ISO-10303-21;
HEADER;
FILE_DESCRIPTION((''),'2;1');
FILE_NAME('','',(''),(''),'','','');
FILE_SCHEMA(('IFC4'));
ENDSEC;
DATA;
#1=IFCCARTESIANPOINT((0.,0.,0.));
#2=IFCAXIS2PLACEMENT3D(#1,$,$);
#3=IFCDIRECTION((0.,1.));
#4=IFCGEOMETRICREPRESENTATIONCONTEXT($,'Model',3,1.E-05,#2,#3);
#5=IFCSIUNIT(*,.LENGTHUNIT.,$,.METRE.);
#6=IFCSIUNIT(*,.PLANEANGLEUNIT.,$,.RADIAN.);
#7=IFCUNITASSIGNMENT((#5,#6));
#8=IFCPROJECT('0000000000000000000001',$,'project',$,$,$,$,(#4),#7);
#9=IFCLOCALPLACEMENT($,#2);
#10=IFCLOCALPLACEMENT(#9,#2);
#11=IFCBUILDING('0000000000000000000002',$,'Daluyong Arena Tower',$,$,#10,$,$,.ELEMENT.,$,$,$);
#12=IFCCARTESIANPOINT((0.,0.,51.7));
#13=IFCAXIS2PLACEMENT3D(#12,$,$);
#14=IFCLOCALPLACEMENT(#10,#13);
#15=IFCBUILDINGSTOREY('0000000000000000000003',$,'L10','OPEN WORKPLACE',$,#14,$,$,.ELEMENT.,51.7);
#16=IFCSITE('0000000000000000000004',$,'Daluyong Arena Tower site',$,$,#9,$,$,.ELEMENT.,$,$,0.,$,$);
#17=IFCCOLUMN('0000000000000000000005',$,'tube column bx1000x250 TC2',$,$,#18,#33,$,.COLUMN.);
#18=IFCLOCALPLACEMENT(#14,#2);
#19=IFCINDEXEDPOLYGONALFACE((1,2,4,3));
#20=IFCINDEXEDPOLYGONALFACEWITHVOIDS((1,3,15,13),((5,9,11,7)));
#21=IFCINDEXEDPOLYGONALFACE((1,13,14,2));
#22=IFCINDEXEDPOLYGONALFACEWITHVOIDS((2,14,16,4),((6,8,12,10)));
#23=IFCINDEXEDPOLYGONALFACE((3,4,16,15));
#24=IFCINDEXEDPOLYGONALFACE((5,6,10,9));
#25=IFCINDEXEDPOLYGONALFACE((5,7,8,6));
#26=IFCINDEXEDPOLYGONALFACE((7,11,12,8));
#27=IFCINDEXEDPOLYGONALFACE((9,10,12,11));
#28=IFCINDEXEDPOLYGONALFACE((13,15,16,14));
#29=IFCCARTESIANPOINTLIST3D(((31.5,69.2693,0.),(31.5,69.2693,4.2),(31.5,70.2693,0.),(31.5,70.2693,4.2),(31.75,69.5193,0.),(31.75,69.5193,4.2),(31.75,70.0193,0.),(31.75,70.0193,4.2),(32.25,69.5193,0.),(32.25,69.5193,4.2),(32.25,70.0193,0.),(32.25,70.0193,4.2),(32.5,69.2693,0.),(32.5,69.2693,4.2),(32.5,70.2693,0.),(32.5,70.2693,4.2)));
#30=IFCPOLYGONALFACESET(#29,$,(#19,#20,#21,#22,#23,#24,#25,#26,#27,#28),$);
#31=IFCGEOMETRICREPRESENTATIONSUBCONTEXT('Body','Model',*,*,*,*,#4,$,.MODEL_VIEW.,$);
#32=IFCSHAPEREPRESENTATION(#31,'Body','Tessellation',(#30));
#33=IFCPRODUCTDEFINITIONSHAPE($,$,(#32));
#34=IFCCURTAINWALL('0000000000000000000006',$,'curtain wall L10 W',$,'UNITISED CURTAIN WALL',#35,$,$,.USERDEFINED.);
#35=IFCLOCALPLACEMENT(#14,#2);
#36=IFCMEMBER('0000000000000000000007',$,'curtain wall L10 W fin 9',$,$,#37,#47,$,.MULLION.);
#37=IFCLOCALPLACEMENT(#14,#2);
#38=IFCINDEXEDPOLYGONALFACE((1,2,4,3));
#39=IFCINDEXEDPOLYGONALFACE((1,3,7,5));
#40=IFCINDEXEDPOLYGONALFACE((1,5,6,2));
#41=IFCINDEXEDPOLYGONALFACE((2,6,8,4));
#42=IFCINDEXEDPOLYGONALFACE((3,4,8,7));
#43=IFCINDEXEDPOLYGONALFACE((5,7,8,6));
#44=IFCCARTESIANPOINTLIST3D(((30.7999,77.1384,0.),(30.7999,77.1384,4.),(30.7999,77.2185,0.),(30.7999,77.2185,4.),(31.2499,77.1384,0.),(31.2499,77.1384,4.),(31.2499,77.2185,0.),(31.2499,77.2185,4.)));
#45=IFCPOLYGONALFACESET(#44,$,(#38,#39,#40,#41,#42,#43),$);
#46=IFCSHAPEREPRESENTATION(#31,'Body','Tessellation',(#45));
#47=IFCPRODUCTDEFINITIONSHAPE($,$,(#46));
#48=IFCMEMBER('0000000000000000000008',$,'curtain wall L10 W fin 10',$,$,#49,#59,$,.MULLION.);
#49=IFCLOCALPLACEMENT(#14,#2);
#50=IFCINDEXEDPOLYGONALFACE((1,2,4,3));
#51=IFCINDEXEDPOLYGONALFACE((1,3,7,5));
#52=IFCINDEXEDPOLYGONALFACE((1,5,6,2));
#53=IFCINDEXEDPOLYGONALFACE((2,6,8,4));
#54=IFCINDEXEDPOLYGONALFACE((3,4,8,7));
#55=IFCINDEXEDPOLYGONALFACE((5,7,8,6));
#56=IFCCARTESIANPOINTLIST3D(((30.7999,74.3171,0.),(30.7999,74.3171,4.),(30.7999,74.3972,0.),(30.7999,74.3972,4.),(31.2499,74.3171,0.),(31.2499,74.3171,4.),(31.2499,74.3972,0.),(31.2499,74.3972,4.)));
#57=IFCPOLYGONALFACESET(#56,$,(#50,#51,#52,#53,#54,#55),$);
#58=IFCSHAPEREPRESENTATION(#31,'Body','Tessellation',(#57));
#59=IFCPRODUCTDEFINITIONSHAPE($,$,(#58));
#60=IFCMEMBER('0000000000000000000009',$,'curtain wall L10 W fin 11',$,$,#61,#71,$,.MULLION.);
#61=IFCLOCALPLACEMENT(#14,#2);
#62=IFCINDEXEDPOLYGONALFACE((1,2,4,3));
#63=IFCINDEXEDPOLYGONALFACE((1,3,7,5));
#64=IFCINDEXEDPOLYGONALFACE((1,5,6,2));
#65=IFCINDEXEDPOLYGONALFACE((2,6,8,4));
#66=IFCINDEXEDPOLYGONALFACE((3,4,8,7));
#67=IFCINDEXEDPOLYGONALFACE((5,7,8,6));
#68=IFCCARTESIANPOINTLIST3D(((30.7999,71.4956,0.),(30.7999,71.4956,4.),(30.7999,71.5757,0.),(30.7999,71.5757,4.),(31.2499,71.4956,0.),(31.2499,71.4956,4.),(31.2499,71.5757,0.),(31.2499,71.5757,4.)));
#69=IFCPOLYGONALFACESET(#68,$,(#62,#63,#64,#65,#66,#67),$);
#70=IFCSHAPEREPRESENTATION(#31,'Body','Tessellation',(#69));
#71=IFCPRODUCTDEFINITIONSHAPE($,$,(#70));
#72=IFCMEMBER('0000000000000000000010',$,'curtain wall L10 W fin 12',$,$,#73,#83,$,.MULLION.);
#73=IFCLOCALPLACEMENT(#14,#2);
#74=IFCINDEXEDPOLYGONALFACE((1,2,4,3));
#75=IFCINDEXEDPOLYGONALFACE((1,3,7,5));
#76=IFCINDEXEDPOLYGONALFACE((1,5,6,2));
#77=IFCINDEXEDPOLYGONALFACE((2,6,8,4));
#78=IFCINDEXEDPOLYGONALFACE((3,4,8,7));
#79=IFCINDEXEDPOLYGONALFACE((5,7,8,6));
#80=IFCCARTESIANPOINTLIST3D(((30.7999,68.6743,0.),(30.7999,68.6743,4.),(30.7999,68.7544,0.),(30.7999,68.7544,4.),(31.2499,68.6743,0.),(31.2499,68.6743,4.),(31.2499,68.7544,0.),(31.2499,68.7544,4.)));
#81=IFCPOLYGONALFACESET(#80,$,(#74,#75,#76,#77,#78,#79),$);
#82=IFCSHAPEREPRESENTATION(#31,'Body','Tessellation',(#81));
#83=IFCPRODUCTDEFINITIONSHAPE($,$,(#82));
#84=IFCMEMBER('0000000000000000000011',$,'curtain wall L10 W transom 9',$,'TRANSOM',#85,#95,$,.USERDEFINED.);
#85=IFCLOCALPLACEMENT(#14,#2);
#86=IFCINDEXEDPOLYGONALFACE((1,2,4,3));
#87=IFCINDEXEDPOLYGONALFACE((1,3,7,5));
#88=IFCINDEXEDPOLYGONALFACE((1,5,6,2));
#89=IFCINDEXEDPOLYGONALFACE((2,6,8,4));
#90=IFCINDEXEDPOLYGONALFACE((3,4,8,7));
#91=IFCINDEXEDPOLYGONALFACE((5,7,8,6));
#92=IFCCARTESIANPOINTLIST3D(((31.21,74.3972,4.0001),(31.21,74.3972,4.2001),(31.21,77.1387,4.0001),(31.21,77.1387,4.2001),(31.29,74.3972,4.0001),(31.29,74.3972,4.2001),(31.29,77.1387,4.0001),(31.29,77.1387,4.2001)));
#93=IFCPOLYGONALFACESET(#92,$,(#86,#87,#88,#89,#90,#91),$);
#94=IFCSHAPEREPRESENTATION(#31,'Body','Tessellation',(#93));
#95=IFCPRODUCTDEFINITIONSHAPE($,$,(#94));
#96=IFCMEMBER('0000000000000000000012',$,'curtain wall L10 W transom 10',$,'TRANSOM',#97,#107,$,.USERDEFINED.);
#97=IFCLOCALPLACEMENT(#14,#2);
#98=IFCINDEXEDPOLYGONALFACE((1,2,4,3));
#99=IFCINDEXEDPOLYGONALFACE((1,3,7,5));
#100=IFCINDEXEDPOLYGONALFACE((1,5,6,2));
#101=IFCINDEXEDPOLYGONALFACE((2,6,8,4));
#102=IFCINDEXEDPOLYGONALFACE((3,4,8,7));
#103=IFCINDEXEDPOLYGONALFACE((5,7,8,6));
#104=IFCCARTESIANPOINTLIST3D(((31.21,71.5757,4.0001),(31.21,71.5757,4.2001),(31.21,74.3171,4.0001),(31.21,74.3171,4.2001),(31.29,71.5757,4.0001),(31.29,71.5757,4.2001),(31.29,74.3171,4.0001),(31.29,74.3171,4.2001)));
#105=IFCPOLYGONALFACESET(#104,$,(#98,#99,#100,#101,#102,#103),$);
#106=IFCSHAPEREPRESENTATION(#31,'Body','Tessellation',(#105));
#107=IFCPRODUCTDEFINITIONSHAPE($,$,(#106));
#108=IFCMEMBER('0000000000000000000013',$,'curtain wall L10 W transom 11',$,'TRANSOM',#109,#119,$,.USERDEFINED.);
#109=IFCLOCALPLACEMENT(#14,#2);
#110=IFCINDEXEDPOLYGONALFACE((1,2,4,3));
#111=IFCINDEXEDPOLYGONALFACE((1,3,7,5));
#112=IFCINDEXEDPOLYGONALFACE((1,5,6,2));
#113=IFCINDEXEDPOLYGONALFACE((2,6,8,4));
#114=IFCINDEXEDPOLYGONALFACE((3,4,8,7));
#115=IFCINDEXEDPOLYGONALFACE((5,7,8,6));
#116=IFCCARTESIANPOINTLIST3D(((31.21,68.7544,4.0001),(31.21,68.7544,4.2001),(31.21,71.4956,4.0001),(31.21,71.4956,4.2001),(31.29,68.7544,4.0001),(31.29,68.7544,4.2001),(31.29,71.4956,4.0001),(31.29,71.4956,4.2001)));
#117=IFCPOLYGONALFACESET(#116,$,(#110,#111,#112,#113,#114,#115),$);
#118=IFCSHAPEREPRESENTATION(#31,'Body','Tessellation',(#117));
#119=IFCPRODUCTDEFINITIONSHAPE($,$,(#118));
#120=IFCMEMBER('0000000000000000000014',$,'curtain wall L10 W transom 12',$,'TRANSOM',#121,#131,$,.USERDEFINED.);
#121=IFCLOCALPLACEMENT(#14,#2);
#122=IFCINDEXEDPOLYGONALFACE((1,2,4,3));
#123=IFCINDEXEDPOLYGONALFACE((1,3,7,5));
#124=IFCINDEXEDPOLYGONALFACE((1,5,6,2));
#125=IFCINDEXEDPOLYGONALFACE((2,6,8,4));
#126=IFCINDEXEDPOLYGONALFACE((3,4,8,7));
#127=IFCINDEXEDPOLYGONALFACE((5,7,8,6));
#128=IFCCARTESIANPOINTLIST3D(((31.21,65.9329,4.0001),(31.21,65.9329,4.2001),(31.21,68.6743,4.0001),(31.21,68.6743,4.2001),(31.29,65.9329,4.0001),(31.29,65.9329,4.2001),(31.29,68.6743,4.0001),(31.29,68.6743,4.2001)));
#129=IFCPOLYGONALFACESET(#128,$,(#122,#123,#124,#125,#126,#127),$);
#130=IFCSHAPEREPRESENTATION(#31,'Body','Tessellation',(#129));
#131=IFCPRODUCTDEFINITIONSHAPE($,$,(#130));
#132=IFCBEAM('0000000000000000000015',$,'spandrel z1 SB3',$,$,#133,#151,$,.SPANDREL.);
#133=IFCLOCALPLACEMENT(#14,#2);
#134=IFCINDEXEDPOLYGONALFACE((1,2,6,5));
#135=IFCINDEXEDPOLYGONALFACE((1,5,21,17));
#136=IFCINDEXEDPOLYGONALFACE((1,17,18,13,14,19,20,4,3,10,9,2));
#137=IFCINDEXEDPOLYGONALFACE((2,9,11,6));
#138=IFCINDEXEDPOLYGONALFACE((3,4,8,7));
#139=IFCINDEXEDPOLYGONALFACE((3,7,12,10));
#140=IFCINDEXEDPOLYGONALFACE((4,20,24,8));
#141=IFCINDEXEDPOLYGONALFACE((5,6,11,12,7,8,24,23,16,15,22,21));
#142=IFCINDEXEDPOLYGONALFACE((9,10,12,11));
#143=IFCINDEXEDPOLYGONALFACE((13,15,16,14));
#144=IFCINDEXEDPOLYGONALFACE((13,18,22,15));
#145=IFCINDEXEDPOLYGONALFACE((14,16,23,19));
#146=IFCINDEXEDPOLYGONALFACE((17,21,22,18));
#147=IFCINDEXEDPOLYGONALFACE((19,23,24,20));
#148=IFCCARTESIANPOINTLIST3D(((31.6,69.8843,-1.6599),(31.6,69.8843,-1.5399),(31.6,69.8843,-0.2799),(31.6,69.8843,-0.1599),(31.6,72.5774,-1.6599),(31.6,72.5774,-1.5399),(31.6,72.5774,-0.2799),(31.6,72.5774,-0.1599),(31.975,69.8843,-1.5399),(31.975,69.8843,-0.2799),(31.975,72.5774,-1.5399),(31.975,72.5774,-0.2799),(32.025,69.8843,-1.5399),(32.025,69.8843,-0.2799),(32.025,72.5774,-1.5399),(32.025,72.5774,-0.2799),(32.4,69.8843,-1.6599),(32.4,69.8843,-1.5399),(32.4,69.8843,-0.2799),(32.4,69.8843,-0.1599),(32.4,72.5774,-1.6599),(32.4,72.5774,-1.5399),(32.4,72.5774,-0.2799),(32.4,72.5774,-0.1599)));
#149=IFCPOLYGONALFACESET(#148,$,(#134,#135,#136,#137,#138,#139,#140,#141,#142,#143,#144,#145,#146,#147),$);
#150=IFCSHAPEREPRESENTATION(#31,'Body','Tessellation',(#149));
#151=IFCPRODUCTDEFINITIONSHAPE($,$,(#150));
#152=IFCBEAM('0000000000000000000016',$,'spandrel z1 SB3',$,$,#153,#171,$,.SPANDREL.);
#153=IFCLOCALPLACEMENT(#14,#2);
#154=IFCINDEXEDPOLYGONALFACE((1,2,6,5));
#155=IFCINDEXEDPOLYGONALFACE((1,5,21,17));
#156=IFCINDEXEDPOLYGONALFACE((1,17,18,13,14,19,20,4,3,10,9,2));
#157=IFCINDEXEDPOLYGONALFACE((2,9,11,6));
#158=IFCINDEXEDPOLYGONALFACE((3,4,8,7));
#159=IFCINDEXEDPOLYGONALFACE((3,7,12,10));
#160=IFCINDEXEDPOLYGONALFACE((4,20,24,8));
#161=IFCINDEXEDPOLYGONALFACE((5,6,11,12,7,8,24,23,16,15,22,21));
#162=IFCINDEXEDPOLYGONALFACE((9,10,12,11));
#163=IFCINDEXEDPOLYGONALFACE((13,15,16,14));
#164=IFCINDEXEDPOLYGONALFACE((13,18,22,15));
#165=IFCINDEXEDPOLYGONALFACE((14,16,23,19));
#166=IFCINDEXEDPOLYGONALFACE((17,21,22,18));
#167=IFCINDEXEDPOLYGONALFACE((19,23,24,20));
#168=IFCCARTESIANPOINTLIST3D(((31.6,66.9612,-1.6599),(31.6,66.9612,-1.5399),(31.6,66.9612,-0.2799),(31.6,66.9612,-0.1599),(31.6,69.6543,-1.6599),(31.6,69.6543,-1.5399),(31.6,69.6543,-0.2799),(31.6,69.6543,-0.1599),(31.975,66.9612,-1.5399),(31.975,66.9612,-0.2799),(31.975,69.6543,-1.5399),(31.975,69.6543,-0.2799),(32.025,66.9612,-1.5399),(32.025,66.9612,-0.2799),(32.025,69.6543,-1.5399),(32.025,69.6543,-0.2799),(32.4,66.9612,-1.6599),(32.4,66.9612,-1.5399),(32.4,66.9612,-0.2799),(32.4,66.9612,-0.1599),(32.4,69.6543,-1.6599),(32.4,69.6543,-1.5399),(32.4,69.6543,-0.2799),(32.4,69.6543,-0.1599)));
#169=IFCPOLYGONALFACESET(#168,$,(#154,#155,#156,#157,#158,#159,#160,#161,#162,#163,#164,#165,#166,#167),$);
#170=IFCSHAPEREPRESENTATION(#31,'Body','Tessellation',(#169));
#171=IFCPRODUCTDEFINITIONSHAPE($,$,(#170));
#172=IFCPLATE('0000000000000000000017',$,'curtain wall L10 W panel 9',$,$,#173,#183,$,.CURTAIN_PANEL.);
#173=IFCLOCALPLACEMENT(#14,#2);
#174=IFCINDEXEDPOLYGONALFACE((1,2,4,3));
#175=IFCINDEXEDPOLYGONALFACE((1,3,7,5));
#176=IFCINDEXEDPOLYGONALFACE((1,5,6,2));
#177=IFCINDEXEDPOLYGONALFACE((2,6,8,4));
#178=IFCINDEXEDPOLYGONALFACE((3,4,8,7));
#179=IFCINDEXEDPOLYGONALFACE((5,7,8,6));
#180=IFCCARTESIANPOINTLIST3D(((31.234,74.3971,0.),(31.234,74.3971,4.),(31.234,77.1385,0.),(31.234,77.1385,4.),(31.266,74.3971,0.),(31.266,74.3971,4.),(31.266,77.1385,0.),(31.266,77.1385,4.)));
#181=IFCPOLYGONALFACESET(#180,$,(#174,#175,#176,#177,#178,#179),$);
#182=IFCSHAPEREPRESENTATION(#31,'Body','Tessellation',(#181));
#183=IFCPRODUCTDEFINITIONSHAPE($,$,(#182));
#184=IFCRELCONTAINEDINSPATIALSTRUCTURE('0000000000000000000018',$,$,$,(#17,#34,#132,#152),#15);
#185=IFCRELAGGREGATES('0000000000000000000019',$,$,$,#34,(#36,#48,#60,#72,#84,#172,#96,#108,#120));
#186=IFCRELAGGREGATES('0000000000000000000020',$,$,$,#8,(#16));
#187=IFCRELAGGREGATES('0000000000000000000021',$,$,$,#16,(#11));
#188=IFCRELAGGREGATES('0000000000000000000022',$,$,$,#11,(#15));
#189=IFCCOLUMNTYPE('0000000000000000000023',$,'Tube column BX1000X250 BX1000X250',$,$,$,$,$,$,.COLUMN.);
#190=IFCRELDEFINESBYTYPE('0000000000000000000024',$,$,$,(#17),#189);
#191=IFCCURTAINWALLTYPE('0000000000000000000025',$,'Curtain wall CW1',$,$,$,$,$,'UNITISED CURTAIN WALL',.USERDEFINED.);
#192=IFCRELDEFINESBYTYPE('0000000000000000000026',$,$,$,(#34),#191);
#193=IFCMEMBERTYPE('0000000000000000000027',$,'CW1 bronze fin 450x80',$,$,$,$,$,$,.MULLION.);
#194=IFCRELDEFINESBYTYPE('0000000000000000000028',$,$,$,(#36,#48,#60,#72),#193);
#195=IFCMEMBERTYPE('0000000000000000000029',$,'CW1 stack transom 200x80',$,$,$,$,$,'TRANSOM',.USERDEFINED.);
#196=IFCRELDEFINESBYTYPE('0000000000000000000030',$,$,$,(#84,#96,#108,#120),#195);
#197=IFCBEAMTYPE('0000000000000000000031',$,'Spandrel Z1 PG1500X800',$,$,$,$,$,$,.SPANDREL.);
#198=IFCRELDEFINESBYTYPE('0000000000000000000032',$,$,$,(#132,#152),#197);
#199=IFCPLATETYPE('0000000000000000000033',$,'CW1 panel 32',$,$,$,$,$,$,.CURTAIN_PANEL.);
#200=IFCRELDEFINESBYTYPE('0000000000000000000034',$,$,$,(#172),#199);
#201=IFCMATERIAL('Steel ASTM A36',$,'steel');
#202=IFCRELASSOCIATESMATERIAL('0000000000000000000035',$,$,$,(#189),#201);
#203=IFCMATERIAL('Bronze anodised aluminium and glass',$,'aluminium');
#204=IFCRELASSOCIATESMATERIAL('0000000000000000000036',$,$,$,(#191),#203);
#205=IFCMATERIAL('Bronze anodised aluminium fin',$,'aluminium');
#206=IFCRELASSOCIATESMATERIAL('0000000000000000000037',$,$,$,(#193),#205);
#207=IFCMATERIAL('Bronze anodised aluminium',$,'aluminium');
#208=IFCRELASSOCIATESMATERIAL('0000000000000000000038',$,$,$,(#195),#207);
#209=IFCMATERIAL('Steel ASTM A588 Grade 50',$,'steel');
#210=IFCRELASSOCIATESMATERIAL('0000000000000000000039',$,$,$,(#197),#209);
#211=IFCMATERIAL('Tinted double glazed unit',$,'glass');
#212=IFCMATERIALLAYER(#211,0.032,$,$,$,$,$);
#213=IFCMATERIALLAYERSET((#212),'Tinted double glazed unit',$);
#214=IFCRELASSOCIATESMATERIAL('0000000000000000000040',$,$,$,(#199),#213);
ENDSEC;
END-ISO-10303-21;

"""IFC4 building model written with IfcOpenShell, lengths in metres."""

from ifc_helpers import new_model, si_unit, direction, frame, origin, origin_2d, place, context, subcontext, project, spatial, rectangle, hollow_rectangle, i_section, extrude, material, layer, layer_set, material_profile, profile_set, type_object, element, aggregate, save


model = new_model("IFC4")

# Units and contexts
model_context = context("Model", 3, precision=1e-05, world=origin(), true_north=direction((0.0, 1.0)))
body_context = subcontext(model_context, "Body", "Model", "MODEL_VIEW")
ifc_project = project(units=[si_unit("LENGTHUNIT", "METRE"), si_unit("PLANEANGLEUNIT", "RADIAN")], contexts=[model_context])

# Site, building, storey
site_placement = place(None, origin())
site = spatial("IfcSite", under=ifc_project, at=site_placement, Name="Daluyong Arena Tower site", CompositionType="ELEMENT", RefElevation=0.0)
building_placement = place(site_placement, origin())
building = spatial("IfcBuilding", under=site, at=building_placement, Name="Daluyong Arena Tower", CompositionType="ELEMENT")
storey_placement = place(building_placement, frame((0.0, 0.0, 51.7)))
storey = spatial("IfcBuildingStorey", under=building, at=storey_placement, Name="L10", Description="OPEN WORKPLACE", CompositionType="ELEMENT", Elevation=51.7)

# Column
ifc_material_1 = material(Name="Steel ASTM A36", Category="steel")
ifc_material_profile_1 = material_profile(ifc_material_1, hollow_rectangle(XDim=1.0, YDim=1.0, WallThickness=0.25, at=origin_2d()))
ifc_profile_set_1 = profile_set([ifc_material_profile_1], Name="Steel ASTM A36")
column_type = type_object("IfcColumnType", Name="Tube column BX1000X250 BX1000X250", PredefinedType="COLUMN", material=ifc_profile_set_1)
column_placement = place(storey_placement, frame((32.0, 69.7693, 0.0), z_axis=(0.0, 0.0, 1.0), x_axis=(0.0, 1.0, 0.0)))
element("IfcColumn", 1, at=column_placement, inside=storey, type_object=column_type, Name="tube column bx1000x250 TC2", PredefinedType="COLUMN", context=body_context, shape_type="SweptSolid", body=[
    extrude(hollow_rectangle(XDim=1.0, YDim=1.0, WallThickness=0.25, at=origin_2d()), origin(), (0.0, 0.0, 1.0), 4.2),
])

# Curtain wall, members
ifc_material_2 = material(Name="Bronze anodised aluminium and glass", Category="aluminium")
curtain_wall_type = type_object("IfcCurtainWallType", Name="Curtain wall CW1", ElementType="UNITISED CURTAIN WALL", PredefinedType="USERDEFINED", material=ifc_material_2)
curtain_wall_placement = place(storey_placement, origin())
curtain_wall = element("IfcCurtainWall", 2, at=curtain_wall_placement, inside=storey, type_object=curtain_wall_type, Name="curtain wall L10 W", ObjectType="UNITISED CURTAIN WALL", PredefinedType="USERDEFINED")
ifc_material_3 = material(Name="Bronze anodised aluminium fin", Category="aluminium")
ifc_material_profile_2 = material_profile(ifc_material_3, rectangle(XDim=0.45, YDim=0.0801, at=origin_2d()))
ifc_profile_set_2 = profile_set([ifc_material_profile_2], Name="Bronze anodised aluminium fin")
member_type_1 = type_object("IfcMemberType", Name="CW1 bronze fin 450x80", PredefinedType="MULLION", material=ifc_profile_set_2)
member_1_placement = place(storey_placement, frame((31.0249, 77.1785, 0.0), z_axis=(0.0, 0.0, 1.0), x_axis=(1.0, 0.0, 0.0)))
member_1 = element("IfcMember", 3, at=member_1_placement, type_object=member_type_1, Name="curtain wall L10 W fin 9", PredefinedType="MULLION", context=body_context, shape_type="SweptSolid", body=[
    extrude(rectangle(XDim=0.45, YDim=0.0801, at=origin_2d()), origin(), (0.0, 0.0, 1.0), 4.0),
])
member_2_placement = place(storey_placement, frame((31.0249, 74.3572, 0.0), z_axis=(0.0, 0.0, 1.0), x_axis=(1.0, 0.0, 0.0)))
member_2 = element("IfcMember", 4, at=member_2_placement, type_object=member_type_1, Name="curtain wall L10 W fin 10", PredefinedType="MULLION", context=body_context, shape_type="SweptSolid", body=[
    extrude(rectangle(XDim=0.45, YDim=0.0801, at=origin_2d()), origin(), (0.0, 0.0, 1.0), 4.0),
])
member_3_placement = place(storey_placement, frame((31.0249, 71.5356, 0.0), z_axis=(0.0, 0.0, 1.0), x_axis=(1.0, 0.0, 0.0)))
member_3 = element("IfcMember", 5, at=member_3_placement, type_object=member_type_1, Name="curtain wall L10 W fin 11", PredefinedType="MULLION", context=body_context, shape_type="SweptSolid", body=[
    extrude(rectangle(XDim=0.45, YDim=0.0801, at=origin_2d()), origin(), (0.0, 0.0, 1.0), 4.0),
])
member_4_placement = place(storey_placement, frame((31.0249, 68.7144, 0.0), z_axis=(0.0, 0.0, 1.0), x_axis=(1.0, 0.0, 0.0)))
member_4 = element("IfcMember", 6, at=member_4_placement, type_object=member_type_1, Name="curtain wall L10 W fin 12", PredefinedType="MULLION", context=body_context, shape_type="SweptSolid", body=[
    extrude(rectangle(XDim=0.45, YDim=0.0801, at=origin_2d()), origin(), (0.0, 0.0, 1.0), 4.0),
])
ifc_material_4 = material(Name="Bronze anodised aluminium", Category="aluminium")
ifc_material_profile_3 = material_profile(ifc_material_4, rectangle(XDim=0.0801, YDim=0.2, at=origin_2d()))
ifc_profile_set_3 = profile_set([ifc_material_profile_3], Name="Bronze anodised aluminium")
member_type_2 = type_object("IfcMemberType", Name="CW1 stack transom 200x80", ElementType="TRANSOM", PredefinedType="USERDEFINED", material=ifc_profile_set_3)
member_5_placement = place(storey_placement, frame((31.25, 77.1387, 4.1001), z_axis=(0.0, -1.0, 0.0), x_axis=(1.0, 0.0, 0.0)))
member_5 = element("IfcMember", 7, at=member_5_placement, type_object=member_type_2, Name="curtain wall L10 W transom 9", ObjectType="TRANSOM", PredefinedType="USERDEFINED", context=body_context, shape_type="SweptSolid", body=[
    extrude(rectangle(XDim=0.0801, YDim=0.2, at=origin_2d()), origin(), (0.0, 0.0, 1.0), 2.7415),
])
member_6_placement = place(storey_placement, frame((31.25, 74.3171, 4.1001), z_axis=(0.0, -1.0, 0.0), x_axis=(1.0, 0.0, 0.0)))
member_6 = element("IfcMember", 8, at=member_6_placement, type_object=member_type_2, Name="curtain wall L10 W transom 10", ObjectType="TRANSOM", PredefinedType="USERDEFINED", context=body_context, shape_type="SweptSolid", body=[
    extrude(rectangle(XDim=0.0801, YDim=0.2, at=origin_2d()), origin(), (0.0, 0.0, 1.0), 2.7415),
])
member_7_placement = place(storey_placement, frame((31.25, 71.4956, 4.1001), z_axis=(0.0, -1.0, 0.0), x_axis=(1.0, 0.0, 0.0)))
member_7 = element("IfcMember", 9, at=member_7_placement, type_object=member_type_2, Name="curtain wall L10 W transom 11", ObjectType="TRANSOM", PredefinedType="USERDEFINED", context=body_context, shape_type="SweptSolid", body=[
    extrude(rectangle(XDim=0.0801, YDim=0.2, at=origin_2d()), origin(), (0.0, 0.0, 1.0), 2.7412),
])
member_8_placement = place(storey_placement, frame((31.25, 68.6743, 4.1001), z_axis=(0.0, -1.0, 0.0), x_axis=(1.0, 0.0, 0.0)))
member_8 = element("IfcMember", 10, at=member_8_placement, type_object=member_type_2, Name="curtain wall L10 W transom 12", ObjectType="TRANSOM", PredefinedType="USERDEFINED", context=body_context, shape_type="SweptSolid", body=[
    extrude(rectangle(XDim=0.0801, YDim=0.2, at=origin_2d()), origin(), (0.0, 0.0, 1.0), 2.7415),
])

# Beams
ifc_material_5 = material(Name="Steel ASTM A588 Grade 50", Category="steel")
ifc_material_profile_4 = material_profile(ifc_material_5, i_section(OverallWidth=0.8, OverallDepth=1.5, WebThickness=0.05, FlangeThickness=0.12, at=origin_2d()))
ifc_profile_set_4 = profile_set([ifc_material_profile_4], Name="Steel ASTM A588 Grade 50")
beam_type = type_object("IfcBeamType", Name="Spandrel Z1 PG1500X800", PredefinedType="SPANDREL", material=ifc_profile_set_4)
for number, where, z_axis, x_axis, name in (
    (11, (32.0, 72.5774, -0.9099), (0.0, -1.0, 0.0), (1.0, 0.0, 0.0), "spandrel z1 SB3"),
    (12, (32.0, 69.6543, -0.9099), (0.0, -1.0, 0.0), (1.0, 0.0, 0.0), "spandrel z1 SB3"),
):
    element("IfcBeam", number, at=place(storey_placement, frame(where, z_axis=z_axis, x_axis=x_axis)), inside=storey, type_object=beam_type, Name=name, PredefinedType="SPANDREL", context=body_context, shape_type="SweptSolid", body=[
        extrude(i_section(OverallWidth=0.8, OverallDepth=1.5, WebThickness=0.05, FlangeThickness=0.12, at=origin_2d()), origin(), (0.0, 0.0, 1.0), 2.6931),
    ])

# Plate
ifc_material_6 = material(Name="Tinted double glazed unit", Category="glass")
ifc_layer = layer(ifc_material_6, 0.032)
ifc_layer_set = layer_set([ifc_layer], Name="Tinted double glazed unit")
plate_type = type_object("IfcPlateType", Name="CW1 panel 32", PredefinedType="CURTAIN_PANEL", material=ifc_layer_set)
plate_1_placement = place(storey_placement, frame((31.25, 75.7678, 0.0), z_axis=(0.0, 0.0, 1.0), x_axis=(0.0, -1.0, 0.0)))
plate_1 = element("IfcPlate", 13, at=plate_1_placement, type_object=plate_type, Name="curtain wall L10 W panel 9", PredefinedType="CURTAIN_PANEL", context=body_context, shape_type="SweptSolid", body=[
    extrude(rectangle(XDim=2.7415, YDim=0.032, at=origin_2d()), origin(), (0.0, 0.0, 1.0), 4.0),
])
aggregate(curtain_wall, [member_1, member_2, member_3, member_4, member_5, plate_1, member_6, member_7, member_8])

save(model, "model.ifc")
